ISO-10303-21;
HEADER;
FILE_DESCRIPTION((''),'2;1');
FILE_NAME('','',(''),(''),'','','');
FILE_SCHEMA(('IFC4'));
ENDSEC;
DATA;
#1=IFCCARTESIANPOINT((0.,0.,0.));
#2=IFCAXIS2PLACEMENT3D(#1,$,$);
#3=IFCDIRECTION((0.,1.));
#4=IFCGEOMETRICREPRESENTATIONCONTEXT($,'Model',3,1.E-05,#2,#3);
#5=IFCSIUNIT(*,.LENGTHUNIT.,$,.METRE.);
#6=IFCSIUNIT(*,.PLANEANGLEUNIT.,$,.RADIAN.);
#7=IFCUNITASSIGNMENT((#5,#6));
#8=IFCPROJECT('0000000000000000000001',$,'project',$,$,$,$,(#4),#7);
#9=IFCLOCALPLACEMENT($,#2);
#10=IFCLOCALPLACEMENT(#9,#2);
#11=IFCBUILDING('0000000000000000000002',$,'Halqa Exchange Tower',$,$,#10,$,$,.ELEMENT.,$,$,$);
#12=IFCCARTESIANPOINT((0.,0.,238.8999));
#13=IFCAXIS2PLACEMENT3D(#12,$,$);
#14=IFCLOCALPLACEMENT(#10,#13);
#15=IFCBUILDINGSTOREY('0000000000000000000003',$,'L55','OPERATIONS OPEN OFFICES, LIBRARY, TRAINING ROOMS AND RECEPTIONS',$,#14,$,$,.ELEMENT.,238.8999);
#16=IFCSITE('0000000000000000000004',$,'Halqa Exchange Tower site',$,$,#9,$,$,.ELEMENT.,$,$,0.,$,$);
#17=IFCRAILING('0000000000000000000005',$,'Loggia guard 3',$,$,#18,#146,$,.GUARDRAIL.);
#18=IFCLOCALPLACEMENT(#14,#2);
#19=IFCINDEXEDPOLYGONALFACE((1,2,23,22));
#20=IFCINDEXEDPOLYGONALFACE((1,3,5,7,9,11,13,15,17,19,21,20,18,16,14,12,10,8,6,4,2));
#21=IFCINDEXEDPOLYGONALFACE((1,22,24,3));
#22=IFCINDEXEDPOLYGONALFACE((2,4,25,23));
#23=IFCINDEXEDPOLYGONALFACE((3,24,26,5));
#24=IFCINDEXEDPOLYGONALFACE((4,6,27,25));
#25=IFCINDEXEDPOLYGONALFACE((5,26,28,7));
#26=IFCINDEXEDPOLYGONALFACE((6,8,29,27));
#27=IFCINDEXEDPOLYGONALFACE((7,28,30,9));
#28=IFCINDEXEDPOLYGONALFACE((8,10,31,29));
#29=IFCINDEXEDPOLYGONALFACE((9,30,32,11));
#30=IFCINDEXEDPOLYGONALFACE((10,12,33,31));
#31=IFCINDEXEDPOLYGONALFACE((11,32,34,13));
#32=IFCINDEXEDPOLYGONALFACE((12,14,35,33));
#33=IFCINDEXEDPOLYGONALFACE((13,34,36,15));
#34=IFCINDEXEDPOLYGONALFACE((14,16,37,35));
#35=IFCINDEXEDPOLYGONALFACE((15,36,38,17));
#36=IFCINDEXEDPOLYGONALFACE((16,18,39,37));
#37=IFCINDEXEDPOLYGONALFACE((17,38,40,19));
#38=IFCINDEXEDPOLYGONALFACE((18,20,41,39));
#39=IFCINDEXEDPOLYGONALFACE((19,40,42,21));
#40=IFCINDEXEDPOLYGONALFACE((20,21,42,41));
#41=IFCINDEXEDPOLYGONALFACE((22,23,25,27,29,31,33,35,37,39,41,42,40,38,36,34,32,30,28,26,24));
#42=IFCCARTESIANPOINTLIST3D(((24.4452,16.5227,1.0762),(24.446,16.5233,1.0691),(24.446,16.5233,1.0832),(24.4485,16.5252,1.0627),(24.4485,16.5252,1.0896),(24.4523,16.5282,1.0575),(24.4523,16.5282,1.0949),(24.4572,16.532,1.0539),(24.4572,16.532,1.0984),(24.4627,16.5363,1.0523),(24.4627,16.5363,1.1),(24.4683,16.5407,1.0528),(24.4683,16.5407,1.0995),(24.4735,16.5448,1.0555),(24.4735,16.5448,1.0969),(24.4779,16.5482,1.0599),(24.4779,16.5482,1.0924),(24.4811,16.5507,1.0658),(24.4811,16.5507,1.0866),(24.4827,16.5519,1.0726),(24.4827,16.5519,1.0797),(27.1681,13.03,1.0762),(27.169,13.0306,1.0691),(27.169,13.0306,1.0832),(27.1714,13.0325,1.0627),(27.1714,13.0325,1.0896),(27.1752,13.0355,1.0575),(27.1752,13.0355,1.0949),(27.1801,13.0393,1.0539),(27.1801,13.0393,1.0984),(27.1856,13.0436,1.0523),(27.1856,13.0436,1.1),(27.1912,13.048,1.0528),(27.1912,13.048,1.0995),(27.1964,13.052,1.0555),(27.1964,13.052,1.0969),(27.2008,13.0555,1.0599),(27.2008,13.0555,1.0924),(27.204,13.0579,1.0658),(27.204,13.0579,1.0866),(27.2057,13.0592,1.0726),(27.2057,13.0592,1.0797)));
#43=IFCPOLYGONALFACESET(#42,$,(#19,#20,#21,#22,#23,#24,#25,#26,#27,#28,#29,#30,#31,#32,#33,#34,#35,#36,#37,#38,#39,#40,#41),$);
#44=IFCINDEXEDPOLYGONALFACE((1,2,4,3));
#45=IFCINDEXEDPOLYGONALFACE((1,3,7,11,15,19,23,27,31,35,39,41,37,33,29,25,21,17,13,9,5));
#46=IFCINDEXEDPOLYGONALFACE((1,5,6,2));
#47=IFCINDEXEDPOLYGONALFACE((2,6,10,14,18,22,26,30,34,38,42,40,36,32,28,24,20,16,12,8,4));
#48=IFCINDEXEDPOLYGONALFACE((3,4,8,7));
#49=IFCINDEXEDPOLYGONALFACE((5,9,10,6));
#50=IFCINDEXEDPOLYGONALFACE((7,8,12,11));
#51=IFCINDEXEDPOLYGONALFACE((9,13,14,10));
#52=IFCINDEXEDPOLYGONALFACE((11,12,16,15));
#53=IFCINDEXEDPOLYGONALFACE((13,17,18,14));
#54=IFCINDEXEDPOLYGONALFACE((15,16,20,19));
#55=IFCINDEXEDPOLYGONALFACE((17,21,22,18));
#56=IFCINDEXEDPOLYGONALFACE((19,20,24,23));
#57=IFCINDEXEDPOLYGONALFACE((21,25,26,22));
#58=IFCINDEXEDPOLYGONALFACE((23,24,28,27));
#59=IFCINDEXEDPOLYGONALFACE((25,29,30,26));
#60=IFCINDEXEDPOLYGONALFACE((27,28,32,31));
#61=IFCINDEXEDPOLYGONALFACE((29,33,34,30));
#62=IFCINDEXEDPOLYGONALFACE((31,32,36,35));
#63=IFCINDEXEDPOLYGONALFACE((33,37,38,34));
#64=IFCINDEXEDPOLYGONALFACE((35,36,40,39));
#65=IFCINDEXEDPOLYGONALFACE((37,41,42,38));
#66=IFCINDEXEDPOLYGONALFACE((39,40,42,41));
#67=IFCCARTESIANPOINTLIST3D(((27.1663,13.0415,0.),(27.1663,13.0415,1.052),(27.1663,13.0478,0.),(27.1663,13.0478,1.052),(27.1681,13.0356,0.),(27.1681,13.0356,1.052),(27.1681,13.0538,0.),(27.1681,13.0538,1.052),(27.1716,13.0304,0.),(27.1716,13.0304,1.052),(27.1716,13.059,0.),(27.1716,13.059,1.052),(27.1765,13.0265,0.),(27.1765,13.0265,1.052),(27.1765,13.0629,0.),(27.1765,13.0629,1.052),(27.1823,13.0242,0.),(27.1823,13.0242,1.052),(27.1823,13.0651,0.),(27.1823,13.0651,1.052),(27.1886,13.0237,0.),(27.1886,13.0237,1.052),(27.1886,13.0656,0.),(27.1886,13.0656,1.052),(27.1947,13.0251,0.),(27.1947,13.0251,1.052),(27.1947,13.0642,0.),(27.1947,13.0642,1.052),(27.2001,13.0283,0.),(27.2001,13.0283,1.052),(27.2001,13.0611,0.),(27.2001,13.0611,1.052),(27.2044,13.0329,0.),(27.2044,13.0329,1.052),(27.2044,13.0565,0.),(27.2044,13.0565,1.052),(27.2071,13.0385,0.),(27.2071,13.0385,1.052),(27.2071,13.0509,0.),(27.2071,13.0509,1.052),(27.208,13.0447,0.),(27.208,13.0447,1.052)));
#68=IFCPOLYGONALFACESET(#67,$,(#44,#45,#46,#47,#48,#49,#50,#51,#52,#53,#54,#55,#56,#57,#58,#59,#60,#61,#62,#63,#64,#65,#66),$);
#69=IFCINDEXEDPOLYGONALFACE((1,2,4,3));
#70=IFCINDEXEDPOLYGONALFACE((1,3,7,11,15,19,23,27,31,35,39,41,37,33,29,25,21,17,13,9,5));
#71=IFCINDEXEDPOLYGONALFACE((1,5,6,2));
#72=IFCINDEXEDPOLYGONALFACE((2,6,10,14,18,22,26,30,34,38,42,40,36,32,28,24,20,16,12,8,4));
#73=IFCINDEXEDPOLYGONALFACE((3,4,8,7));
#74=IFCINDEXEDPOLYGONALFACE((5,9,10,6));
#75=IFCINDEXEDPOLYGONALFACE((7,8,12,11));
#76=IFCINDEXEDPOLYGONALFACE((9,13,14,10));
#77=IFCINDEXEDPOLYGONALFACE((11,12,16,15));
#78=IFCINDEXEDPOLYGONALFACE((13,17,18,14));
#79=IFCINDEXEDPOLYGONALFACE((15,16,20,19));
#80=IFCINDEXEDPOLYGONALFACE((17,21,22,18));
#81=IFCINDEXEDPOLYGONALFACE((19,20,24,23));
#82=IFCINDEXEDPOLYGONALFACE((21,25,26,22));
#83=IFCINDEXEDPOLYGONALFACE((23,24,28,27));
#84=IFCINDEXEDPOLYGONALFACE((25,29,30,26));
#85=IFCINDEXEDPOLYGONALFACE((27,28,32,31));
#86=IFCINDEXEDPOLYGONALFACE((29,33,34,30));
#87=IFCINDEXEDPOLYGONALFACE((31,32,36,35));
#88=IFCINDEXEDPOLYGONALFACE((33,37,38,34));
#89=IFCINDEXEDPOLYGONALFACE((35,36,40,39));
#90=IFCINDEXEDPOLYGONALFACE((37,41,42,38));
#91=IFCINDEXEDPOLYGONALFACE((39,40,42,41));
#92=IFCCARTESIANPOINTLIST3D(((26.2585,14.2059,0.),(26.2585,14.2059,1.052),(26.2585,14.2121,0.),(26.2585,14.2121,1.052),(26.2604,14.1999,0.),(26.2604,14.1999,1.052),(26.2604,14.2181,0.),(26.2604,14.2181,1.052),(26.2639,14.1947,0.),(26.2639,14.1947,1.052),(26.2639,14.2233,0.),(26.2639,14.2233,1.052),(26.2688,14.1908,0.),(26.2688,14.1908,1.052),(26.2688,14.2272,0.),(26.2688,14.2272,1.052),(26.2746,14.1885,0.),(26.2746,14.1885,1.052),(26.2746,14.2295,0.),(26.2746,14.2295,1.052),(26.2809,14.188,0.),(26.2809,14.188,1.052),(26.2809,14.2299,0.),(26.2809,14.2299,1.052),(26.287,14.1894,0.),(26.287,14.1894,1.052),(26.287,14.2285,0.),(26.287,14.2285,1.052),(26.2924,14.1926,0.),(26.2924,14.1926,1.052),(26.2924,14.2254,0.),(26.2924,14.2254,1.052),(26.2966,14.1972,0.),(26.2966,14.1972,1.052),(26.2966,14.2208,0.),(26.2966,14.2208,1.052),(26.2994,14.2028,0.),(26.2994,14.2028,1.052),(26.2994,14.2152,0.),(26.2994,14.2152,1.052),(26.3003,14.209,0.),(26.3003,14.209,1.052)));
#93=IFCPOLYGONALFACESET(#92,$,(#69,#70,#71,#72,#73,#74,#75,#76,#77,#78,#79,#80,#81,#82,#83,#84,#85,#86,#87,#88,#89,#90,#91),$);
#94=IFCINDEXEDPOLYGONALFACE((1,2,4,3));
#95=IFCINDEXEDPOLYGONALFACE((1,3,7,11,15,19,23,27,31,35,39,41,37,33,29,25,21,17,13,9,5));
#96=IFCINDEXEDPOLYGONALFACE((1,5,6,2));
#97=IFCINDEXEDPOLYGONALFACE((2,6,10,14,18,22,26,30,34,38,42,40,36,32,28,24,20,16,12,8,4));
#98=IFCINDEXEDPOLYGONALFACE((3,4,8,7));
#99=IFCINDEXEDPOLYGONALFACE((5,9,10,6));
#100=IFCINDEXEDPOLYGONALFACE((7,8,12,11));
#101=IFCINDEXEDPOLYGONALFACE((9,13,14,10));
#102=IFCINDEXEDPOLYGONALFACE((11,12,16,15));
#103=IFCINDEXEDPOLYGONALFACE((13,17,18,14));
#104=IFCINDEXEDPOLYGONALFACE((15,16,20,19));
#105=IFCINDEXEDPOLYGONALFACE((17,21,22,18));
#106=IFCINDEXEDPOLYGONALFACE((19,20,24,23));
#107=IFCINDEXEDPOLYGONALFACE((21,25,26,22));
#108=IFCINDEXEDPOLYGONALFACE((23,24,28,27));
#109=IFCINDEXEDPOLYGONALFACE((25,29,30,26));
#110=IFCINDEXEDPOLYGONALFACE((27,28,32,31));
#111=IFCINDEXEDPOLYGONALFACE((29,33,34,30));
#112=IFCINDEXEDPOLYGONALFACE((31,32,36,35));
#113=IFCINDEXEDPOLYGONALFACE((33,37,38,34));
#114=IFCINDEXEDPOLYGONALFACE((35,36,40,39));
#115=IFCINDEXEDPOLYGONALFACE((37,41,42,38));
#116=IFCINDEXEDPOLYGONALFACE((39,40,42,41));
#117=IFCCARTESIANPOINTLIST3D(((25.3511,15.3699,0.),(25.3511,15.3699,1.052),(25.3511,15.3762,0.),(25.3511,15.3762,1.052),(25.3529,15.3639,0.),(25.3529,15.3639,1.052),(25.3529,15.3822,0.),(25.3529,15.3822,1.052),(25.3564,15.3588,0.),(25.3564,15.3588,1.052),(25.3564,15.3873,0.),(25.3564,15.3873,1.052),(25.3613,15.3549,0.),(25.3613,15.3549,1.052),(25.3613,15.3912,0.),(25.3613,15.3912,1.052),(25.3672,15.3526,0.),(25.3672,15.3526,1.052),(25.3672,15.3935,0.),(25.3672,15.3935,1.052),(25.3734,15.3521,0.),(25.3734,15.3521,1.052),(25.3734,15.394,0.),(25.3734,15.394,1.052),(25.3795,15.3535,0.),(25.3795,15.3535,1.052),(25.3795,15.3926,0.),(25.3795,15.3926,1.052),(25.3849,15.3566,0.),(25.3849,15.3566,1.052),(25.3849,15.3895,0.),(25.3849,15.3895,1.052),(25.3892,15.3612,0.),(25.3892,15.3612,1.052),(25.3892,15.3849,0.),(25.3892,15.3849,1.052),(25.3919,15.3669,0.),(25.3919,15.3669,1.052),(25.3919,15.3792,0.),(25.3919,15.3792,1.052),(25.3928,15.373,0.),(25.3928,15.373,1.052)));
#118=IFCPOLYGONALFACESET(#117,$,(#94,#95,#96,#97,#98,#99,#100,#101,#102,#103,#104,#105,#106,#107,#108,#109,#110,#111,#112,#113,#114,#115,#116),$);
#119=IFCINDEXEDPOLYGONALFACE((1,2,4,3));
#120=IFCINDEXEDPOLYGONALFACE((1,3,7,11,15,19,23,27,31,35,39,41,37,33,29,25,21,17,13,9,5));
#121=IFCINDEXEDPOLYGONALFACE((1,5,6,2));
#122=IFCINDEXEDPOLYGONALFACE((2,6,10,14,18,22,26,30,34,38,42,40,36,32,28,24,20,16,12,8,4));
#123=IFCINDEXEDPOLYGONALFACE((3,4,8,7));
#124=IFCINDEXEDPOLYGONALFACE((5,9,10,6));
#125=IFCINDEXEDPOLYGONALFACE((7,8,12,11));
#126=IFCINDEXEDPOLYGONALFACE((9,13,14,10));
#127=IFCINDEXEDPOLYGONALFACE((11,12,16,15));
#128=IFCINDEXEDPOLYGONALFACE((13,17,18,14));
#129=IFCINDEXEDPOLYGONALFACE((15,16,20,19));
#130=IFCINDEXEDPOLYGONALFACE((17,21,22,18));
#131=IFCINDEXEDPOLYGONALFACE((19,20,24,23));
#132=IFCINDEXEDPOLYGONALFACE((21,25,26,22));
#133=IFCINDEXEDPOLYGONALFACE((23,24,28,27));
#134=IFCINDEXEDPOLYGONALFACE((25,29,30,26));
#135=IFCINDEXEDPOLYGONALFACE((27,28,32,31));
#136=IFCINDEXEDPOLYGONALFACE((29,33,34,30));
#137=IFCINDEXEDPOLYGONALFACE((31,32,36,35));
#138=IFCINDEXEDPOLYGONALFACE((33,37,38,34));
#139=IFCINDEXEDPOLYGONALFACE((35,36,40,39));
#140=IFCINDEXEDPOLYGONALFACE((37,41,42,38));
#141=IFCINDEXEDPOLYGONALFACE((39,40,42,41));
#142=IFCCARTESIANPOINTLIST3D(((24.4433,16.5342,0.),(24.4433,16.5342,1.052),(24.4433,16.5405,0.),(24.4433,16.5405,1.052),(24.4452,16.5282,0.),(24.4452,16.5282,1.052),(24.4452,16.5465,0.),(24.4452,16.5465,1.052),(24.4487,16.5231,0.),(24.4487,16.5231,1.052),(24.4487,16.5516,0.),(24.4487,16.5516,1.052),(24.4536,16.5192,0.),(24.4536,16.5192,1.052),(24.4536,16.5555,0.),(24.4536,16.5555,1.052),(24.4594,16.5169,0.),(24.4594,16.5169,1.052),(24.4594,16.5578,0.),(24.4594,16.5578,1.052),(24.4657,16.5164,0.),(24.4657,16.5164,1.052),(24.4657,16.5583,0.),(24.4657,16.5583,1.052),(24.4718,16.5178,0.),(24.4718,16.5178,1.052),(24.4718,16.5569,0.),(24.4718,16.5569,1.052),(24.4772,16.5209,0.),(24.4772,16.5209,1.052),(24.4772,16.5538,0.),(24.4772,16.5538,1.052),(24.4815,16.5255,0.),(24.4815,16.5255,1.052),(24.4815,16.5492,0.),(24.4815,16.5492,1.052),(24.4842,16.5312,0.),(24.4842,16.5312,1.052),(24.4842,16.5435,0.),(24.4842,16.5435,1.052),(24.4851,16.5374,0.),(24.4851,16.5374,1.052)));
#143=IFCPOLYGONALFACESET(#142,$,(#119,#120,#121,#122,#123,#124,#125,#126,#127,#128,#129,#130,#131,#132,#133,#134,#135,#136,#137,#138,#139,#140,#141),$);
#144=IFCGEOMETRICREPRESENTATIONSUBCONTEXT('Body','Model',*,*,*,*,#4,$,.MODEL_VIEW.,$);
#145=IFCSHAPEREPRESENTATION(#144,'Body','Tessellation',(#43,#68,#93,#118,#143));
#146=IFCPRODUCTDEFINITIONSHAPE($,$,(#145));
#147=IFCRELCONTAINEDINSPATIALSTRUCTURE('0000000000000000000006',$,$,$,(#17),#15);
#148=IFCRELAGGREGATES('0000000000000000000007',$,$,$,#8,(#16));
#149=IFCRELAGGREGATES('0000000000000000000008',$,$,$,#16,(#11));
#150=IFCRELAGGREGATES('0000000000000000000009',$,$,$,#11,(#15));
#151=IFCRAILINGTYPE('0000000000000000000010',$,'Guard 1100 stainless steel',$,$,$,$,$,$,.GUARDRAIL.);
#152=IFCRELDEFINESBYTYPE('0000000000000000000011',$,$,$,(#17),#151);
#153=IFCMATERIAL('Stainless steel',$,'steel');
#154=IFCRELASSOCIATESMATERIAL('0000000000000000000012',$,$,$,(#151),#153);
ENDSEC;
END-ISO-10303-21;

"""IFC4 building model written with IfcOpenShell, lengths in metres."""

from ifc_helpers import new_model, si_unit, direction, frame, origin, origin_2d, place, context, subcontext, project, spatial, circle, extrude, material, type_object, element, save


model = new_model("IFC4")

# Units and contexts
model_context = context("Model", 3, precision=1e-05, world=origin(), true_north=direction((0.0, 1.0)))
body_context = subcontext(model_context, "Body", "Model", "MODEL_VIEW")
ifc_project = project(units=[si_unit("LENGTHUNIT", "METRE"), si_unit("PLANEANGLEUNIT", "RADIAN")], contexts=[model_context])

# Site, building, storey
site_placement = place(None, origin())
site = spatial("IfcSite", under=ifc_project, at=site_placement, Name="Halqa Exchange Tower site", CompositionType="ELEMENT", RefElevation=0.0)
building_placement = place(site_placement, origin())
building = spatial("IfcBuilding", under=site, at=building_placement, Name="Halqa Exchange Tower", CompositionType="ELEMENT")
storey_placement = place(building_placement, frame((0.0, 0.0, 238.8999)))
storey = spatial("IfcBuildingStorey", under=building, at=storey_placement, Name="L55", Description="OPERATIONS OPEN OFFICES, LIBRARY, TRAINING ROOMS AND RECEPTIONS", CompositionType="ELEMENT", Elevation=238.8999)

# Railing
ifc_material_1 = material(Name="Stainless steel", Category="steel")
railing_type = type_object("IfcRailingType", Name="Guard 1100 stainless steel", PredefinedType="GUARDRAIL", material=ifc_material_1)
railing_1_placement = place(storey_placement, frame((27.187, 13.0447, 0.0)))
element("IfcRailing", 1, at=railing_1_placement, inside=storey, type_object=railing_type, Name="Loggia guard 3", PredefinedType="GUARDRAIL", context=body_context, shape_type="SweptSolid", body=[
    extrude(circle(Radius=0.0239, at=origin_2d()), frame((0.0, 0.0, 1.0762), z_axis=(-0.614837, 0.788654, 0.0), x_axis=(-0.788654, -0.614837, 0.0)), (0.0, 0.0, 1.0), 4.4287),
    extrude(circle(Radius=0.021, at=origin_2d()), origin(), (0.0, 0.0, 1.0), 1.052),
    extrude(circle(Radius=0.021, at=origin_2d()), frame((-0.9077, 1.1643, 0.0)), (0.0, 0.0, 1.0), 1.052),
    extrude(circle(Radius=0.021, at=origin_2d()), frame((-1.8152, 2.3284, 0.0)), (0.0, 0.0, 1.0), 1.052),
    extrude(circle(Radius=0.021, at=origin_2d()), frame((-2.7229, 3.4927, 0.0)), (0.0, 0.0, 1.0), 1.052),
])

save(model, "model.ifc")
